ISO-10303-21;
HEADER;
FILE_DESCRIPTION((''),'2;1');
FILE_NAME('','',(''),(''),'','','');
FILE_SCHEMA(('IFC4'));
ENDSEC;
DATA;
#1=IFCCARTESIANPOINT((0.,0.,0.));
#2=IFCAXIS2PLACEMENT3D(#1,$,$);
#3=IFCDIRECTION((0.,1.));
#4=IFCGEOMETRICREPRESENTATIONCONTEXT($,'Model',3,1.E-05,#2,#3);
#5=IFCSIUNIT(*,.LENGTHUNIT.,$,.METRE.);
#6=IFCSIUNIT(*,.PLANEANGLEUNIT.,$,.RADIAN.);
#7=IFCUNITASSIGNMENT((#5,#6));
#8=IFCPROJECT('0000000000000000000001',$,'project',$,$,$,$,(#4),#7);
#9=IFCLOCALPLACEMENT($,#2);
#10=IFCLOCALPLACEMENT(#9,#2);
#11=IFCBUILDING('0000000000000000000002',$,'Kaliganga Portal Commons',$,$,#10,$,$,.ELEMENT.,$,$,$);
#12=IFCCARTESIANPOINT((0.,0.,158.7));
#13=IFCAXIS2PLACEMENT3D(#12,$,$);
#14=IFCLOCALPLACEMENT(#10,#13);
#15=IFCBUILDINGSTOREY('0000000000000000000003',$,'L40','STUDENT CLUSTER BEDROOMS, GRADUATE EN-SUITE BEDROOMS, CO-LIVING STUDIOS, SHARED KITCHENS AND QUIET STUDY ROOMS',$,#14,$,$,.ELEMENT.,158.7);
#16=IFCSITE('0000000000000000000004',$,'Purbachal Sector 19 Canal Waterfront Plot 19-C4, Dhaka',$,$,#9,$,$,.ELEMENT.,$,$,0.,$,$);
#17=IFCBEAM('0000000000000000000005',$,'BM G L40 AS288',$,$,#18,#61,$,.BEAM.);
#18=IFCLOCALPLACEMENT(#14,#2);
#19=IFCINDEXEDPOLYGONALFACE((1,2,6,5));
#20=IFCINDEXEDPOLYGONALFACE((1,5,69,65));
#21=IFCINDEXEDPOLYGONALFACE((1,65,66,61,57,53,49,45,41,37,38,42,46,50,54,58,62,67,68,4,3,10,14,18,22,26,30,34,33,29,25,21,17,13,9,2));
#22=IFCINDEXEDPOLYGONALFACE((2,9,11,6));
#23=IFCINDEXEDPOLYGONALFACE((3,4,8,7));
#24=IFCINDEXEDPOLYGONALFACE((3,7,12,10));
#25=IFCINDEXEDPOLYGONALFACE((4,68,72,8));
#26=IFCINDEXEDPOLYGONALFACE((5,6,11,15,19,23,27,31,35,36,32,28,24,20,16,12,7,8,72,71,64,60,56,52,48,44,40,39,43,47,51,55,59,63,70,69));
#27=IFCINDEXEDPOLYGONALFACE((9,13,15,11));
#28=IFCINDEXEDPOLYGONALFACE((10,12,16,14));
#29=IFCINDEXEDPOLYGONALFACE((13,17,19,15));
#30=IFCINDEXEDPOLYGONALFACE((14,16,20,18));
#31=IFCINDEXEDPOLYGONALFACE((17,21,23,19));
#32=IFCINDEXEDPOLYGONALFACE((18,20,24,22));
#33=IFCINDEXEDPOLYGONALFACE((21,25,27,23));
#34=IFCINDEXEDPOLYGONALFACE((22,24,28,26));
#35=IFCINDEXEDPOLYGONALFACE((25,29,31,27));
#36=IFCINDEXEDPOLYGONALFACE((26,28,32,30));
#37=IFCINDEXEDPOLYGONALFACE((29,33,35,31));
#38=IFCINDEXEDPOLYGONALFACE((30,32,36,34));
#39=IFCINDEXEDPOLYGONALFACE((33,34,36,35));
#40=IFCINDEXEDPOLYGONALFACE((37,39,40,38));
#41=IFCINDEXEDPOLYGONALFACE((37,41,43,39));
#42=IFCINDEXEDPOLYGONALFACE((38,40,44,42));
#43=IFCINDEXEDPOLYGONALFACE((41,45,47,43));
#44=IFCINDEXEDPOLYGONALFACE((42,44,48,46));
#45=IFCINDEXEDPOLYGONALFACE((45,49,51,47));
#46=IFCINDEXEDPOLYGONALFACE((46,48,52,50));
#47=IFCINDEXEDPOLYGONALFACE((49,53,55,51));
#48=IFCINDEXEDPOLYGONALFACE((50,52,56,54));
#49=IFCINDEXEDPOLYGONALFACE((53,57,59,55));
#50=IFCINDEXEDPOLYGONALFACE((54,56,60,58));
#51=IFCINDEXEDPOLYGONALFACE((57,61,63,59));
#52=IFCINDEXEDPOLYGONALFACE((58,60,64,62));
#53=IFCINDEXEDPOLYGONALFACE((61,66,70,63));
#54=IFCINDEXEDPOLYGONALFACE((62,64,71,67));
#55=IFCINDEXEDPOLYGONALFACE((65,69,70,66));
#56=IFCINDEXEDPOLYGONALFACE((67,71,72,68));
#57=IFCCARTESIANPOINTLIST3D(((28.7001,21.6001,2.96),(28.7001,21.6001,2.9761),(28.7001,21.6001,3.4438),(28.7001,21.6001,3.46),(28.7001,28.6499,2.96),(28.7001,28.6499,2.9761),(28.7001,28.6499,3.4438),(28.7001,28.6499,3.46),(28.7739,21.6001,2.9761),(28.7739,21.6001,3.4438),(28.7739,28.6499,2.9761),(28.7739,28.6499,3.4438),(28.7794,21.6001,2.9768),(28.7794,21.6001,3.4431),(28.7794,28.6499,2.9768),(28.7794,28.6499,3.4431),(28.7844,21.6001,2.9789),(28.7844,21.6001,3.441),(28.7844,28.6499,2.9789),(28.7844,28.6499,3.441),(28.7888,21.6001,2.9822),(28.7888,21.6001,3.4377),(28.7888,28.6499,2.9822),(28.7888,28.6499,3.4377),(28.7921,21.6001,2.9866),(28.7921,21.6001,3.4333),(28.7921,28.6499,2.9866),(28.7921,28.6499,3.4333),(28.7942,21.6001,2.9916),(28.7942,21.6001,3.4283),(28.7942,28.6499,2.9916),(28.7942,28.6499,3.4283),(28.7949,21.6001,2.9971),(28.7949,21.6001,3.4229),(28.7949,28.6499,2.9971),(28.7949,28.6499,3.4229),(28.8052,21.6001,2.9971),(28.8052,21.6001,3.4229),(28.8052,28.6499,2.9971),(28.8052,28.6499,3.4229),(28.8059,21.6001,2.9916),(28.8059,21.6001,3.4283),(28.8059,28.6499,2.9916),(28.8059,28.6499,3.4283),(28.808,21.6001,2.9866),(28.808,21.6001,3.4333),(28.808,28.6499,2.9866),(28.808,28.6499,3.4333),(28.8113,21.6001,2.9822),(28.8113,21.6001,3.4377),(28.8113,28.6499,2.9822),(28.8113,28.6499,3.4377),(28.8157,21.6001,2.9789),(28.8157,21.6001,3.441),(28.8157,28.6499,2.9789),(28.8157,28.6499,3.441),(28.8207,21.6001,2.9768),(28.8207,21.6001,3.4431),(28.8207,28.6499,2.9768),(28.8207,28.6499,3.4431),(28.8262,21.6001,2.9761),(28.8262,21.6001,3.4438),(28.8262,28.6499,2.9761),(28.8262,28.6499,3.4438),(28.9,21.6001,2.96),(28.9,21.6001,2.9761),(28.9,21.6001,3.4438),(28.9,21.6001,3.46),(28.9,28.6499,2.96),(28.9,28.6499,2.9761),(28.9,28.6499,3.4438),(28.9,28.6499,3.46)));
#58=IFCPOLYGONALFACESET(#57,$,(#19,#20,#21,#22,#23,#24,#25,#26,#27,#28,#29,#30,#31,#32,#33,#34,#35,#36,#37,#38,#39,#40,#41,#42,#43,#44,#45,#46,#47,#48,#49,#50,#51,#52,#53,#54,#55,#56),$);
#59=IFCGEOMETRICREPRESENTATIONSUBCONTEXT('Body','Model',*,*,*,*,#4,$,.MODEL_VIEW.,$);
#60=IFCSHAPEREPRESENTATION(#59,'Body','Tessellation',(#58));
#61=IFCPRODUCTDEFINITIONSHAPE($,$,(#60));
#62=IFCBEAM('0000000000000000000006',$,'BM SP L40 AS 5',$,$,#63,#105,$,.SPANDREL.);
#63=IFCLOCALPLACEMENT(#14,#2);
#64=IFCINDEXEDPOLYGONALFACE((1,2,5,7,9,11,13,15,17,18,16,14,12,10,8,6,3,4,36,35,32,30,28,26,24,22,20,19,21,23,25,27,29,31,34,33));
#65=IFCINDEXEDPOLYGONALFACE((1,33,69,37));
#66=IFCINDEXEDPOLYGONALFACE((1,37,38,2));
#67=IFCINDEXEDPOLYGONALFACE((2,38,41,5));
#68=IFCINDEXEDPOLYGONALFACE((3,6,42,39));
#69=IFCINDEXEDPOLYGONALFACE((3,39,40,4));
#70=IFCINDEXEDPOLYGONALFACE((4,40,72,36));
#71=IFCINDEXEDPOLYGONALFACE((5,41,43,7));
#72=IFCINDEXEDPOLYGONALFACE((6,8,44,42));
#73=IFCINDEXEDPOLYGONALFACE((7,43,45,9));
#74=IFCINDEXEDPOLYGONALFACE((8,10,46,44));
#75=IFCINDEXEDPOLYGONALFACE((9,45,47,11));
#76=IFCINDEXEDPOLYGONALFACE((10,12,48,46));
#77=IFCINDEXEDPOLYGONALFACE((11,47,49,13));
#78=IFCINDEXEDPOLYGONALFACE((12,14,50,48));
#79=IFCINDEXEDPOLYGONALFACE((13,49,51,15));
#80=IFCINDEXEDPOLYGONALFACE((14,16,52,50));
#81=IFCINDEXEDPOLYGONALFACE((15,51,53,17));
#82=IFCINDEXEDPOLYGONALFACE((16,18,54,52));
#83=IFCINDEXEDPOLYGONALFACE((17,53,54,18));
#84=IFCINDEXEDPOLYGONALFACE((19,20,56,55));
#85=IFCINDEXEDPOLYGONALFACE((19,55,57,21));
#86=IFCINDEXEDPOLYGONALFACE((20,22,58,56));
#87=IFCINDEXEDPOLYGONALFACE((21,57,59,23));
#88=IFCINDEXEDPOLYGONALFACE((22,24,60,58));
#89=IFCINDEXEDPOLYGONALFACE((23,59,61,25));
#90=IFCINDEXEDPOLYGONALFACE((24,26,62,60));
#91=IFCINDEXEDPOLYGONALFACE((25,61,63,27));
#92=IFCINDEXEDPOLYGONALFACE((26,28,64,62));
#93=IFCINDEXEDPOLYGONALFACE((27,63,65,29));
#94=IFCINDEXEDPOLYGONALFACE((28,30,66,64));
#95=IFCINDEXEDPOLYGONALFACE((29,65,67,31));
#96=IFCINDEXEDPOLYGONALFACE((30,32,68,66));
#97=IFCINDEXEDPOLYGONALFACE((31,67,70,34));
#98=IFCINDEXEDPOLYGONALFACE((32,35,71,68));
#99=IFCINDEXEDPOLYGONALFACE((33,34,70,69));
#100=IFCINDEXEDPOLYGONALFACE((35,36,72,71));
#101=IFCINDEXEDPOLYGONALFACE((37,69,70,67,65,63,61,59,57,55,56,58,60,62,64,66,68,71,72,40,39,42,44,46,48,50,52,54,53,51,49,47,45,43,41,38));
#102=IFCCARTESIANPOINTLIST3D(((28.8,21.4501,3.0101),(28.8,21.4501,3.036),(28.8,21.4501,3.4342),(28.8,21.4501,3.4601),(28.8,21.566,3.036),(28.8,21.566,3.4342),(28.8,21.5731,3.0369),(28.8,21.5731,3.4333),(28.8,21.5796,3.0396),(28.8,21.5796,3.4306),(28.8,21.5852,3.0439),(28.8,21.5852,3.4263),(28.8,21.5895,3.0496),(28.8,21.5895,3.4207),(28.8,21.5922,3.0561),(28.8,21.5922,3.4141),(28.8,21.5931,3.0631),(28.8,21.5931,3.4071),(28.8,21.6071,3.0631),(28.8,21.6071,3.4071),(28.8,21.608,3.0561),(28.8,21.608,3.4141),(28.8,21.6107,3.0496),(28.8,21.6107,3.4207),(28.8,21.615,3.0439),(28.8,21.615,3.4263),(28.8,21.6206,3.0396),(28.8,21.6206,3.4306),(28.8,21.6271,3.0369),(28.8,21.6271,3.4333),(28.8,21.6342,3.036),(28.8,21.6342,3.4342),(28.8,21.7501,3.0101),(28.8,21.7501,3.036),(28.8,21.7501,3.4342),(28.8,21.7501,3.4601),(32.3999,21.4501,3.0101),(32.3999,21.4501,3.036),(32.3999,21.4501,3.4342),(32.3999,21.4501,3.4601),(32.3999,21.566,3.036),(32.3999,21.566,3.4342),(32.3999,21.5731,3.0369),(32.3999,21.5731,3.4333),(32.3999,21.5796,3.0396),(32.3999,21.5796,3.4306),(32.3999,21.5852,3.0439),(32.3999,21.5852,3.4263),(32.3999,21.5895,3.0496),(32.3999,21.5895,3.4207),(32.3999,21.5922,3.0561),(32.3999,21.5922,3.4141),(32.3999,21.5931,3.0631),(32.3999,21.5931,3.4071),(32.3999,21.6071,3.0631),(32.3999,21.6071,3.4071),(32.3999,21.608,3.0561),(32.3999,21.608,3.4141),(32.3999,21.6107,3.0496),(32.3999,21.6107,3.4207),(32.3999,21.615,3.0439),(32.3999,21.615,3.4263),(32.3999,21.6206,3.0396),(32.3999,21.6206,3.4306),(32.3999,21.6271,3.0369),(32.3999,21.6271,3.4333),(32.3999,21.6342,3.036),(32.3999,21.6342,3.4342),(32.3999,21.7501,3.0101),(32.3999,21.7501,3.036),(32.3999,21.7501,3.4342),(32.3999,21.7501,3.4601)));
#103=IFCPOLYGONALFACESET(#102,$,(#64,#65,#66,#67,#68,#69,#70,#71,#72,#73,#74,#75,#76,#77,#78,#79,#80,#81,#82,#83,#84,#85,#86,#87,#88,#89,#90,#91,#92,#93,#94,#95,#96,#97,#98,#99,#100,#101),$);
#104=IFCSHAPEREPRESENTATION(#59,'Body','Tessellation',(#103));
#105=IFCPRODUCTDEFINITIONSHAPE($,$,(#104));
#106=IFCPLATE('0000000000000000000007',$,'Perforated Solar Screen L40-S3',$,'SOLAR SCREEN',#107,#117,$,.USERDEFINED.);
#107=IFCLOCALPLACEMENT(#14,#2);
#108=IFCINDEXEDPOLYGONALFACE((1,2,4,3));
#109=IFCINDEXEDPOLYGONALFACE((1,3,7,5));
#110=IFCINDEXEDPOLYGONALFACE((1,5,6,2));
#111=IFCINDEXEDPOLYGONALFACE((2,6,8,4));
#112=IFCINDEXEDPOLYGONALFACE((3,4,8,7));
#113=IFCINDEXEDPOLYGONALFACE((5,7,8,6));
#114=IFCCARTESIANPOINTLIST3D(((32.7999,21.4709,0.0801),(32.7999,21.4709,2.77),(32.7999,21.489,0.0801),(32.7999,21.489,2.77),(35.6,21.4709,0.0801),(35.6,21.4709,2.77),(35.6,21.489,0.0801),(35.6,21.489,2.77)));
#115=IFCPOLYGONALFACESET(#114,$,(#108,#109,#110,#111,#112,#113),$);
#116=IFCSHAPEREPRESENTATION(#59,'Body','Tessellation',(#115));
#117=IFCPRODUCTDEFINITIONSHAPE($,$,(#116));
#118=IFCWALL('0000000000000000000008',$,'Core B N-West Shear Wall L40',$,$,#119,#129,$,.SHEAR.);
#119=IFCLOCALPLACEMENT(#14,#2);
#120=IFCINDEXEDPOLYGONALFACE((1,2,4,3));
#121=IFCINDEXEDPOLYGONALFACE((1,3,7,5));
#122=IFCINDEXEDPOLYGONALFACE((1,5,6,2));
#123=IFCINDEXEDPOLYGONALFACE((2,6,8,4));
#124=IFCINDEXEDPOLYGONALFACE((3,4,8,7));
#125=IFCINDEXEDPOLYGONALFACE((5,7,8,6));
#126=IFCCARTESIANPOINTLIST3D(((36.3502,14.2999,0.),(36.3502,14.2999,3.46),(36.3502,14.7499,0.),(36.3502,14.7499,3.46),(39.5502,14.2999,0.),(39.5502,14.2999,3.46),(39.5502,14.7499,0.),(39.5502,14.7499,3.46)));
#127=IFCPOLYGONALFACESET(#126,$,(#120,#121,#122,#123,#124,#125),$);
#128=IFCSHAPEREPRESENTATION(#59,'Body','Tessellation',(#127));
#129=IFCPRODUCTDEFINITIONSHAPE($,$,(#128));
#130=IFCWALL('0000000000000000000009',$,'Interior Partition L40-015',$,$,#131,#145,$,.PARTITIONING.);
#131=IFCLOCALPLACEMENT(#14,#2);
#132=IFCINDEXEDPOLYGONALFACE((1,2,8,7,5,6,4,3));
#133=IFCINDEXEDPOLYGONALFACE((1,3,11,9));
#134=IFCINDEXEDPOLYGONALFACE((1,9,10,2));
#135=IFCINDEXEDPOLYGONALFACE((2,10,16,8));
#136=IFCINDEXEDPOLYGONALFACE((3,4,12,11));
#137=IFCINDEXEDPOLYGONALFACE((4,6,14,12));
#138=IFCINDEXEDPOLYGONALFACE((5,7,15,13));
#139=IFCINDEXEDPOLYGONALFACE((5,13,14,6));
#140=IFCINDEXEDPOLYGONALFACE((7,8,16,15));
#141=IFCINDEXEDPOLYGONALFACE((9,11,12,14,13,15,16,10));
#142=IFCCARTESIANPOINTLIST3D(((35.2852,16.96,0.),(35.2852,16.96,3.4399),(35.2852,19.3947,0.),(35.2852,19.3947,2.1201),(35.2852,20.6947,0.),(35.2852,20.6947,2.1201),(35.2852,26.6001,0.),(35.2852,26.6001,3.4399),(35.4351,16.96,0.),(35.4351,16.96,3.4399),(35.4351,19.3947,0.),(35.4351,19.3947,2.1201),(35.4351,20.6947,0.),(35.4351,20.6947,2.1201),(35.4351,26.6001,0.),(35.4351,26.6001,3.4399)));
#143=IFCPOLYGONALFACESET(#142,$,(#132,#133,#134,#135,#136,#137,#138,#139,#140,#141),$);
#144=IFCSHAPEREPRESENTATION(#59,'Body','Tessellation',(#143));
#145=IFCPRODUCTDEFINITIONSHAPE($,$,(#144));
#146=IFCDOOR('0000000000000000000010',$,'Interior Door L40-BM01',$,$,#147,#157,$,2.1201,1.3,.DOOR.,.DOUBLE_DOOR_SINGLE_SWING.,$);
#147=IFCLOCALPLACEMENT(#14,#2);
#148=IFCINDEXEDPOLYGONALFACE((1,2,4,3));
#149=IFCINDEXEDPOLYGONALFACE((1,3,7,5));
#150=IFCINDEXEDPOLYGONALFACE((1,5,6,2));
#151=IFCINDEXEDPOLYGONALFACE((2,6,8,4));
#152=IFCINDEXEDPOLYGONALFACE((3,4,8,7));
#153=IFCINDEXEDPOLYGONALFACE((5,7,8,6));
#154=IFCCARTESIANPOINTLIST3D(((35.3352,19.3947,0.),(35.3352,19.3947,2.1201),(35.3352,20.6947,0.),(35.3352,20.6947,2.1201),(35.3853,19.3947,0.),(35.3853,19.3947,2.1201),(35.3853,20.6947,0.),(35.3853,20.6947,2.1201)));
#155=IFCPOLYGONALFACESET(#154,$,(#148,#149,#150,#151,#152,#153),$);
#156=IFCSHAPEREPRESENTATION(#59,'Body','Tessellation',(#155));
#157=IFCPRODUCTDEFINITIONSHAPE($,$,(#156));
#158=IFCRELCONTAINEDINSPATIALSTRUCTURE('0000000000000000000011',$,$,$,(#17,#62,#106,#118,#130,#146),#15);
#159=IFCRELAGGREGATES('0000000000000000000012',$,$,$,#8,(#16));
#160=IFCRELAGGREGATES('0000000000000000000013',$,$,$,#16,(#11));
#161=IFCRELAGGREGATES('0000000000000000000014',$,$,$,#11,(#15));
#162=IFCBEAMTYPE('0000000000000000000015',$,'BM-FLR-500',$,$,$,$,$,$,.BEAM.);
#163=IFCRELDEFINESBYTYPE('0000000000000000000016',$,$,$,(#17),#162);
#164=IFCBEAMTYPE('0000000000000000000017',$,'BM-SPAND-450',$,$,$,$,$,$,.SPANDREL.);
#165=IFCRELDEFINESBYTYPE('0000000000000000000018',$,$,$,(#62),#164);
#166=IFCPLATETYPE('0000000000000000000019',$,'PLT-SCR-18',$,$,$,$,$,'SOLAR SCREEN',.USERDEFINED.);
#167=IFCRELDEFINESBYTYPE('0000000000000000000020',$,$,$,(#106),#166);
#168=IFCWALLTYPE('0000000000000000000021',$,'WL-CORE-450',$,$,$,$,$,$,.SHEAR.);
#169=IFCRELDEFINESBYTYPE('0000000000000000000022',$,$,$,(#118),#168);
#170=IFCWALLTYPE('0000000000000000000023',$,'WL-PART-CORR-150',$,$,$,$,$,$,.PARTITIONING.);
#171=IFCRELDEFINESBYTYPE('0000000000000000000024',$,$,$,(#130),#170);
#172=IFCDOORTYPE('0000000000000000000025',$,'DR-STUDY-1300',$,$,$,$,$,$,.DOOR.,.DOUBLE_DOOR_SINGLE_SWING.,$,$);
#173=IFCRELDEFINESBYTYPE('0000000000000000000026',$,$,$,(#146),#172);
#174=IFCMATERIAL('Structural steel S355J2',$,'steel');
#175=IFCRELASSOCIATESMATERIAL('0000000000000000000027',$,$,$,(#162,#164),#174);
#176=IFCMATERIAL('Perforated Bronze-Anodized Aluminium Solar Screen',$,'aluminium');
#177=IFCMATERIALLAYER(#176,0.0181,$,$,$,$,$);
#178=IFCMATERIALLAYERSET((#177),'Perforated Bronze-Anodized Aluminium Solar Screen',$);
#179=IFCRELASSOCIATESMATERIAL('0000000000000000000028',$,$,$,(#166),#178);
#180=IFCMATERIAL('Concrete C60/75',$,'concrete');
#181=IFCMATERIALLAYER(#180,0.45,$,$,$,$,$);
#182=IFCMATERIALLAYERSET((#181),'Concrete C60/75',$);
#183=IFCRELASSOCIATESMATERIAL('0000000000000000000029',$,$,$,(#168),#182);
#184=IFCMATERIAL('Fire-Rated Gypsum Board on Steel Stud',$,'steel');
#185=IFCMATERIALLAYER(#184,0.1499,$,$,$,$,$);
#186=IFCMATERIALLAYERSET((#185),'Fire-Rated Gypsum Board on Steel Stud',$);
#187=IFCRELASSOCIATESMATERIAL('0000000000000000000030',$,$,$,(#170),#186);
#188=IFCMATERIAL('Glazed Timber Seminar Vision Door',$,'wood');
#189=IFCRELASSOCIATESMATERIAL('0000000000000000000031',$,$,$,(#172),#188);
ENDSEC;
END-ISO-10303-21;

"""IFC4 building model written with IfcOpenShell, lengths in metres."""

from ifc_helpers import new_model, si_unit, direction, frame, frame_2d, origin, origin_2d, place, context, subcontext, project, spatial, rectangle, i_section, extrude, source, transform, mapped, material, layer, layer_set, material_profile, profile_set, type_object, element, fill, save


model = new_model("IFC4")

# Units and contexts
model_context = context("Model", 3, precision=1e-05, world=origin(), true_north=direction((0.0, 1.0)))
body_context = subcontext(model_context, "Body", "Model", "MODEL_VIEW")
ifc_project = project(units=[si_unit("LENGTHUNIT", "METRE"), si_unit("PLANEANGLEUNIT", "RADIAN")], contexts=[model_context])

# Site, building, storey
site_placement = place(None, origin())
site = spatial("IfcSite", under=ifc_project, at=site_placement, Name="Purbachal Sector 19 Canal Waterfront Plot 19-C4, Dhaka", CompositionType="ELEMENT", RefElevation=0.0)
building_placement = place(site_placement, origin())
building = spatial("IfcBuilding", under=site, at=building_placement, Name="Kaliganga Portal Commons", CompositionType="ELEMENT")
storey_placement = place(building_placement, frame((0.0, 0.0, 158.7)))
storey = spatial("IfcBuildingStorey", under=building, at=storey_placement, Name="L40", Description="STUDENT CLUSTER BEDROOMS, GRADUATE EN-SUITE BEDROOMS, CO-LIVING STUDIOS, SHARED KITCHENS AND QUIET STUDY ROOMS", CompositionType="ELEMENT", Elevation=158.7)

# Shared definitions
ifc_material_1 = material(Name="Concrete C60/75", Category="concrete")

# Beams
ifc_material_2 = material(Name="Structural steel S355J2", Category="steel")
ifc_material_profile_1 = material_profile(ifc_material_2, i_section(OverallWidth=0.2, OverallDepth=0.5, WebThickness=0.0103, FlangeThickness=0.0161, FilletRadius=0.021, at=origin_2d()), Name="IPE 500")
ifc_profile_set_1 = profile_set([ifc_material_profile_1], Name="Structural steel S355J2 wide-flange")
beam_type_1 = type_object("IfcBeamType", Name="BM-FLR-500", PredefinedType="BEAM", material=ifc_profile_set_1)
shared_shape_1 = source(origin(), body_context, "Body", "SweptSolid", [
    extrude(i_section(OverallWidth=0.2, OverallDepth=0.5, WebThickness=0.0103, FlangeThickness=0.0161, FilletRadius=0.021, at=origin_2d()), origin(), (0.0, 0.0, 1.0), 7.0498),
])
beam_1_placement = place(storey_placement, frame((28.8, 21.6001, 3.21), z_axis=(0.0, 1.0, 0.0), x_axis=(-1.0, 0.0, 0.0)))
element("IfcBeam", 1, at=beam_1_placement, inside=storey, type_object=beam_type_1, Name="BM G L40 AS288", PredefinedType="BEAM", context=body_context, shape_type="MappedRepresentation", body=[
    mapped(shared_shape_1, transform((0.0, 0.0, 0.0), x_axis=(1.0, 0.0, 0.0), y_axis=(0.0, 1.0, 0.0), z_axis=(0.0, 0.0, 1.0), scale=1.0)),
])
ifc_material_profile_2 = material_profile(ifc_material_2, i_section(OverallWidth=0.3, OverallDepth=0.45, WebThickness=0.0139, FlangeThickness=0.0259, FilletRadius=0.0271, at=origin_2d()), Name="HE 450 B")
ifc_profile_set_2 = profile_set([ifc_material_profile_2], Name="Structural steel S355J2 wide-flange")
beam_type_2 = type_object("IfcBeamType", Name="BM-SPAND-450", PredefinedType="SPANDREL", material=ifc_profile_set_2)
shared_shape_2 = source(origin(), body_context, "Body", "SweptSolid", [
    extrude(i_section(OverallWidth=0.3, OverallDepth=0.45, WebThickness=0.0139, FlangeThickness=0.0259, FilletRadius=0.0271, at=origin_2d()), origin(), (0.0, 0.0, 1.0), 3.5999),
])
beam_2_placement = place(storey_placement, frame((28.8, 21.6001, 3.2351), z_axis=(1.0, 0.0, 0.0), x_axis=(0.0, 1.0, 0.0)))
element("IfcBeam", 2, at=beam_2_placement, inside=storey, type_object=beam_type_2, Name="BM SP L40 AS 5", PredefinedType="SPANDREL", context=body_context, shape_type="MappedRepresentation", body=[
    mapped(shared_shape_2, transform((0.0, 0.0, 0.0), x_axis=(1.0, 0.0, 0.0), y_axis=(0.0, 1.0, 0.0), z_axis=(0.0, 0.0, 1.0), scale=1.0)),
])

# Plate
ifc_material_3 = material(Name="Perforated Bronze-Anodized Aluminium Solar Screen", Category="aluminium")
ifc_layer_1 = layer(ifc_material_3, 0.0181)
ifc_layer_set_1 = layer_set([ifc_layer_1], Name="Perforated Bronze-Anodized Aluminium Solar Screen")
plate_type = type_object("IfcPlateType", Name="PLT-SCR-18", ElementType="SOLAR SCREEN", PredefinedType="USERDEFINED", material=ifc_layer_set_1)
shared_shape_3 = source(origin(), body_context, "Body", "SweptSolid", [
    extrude(rectangle(XDim=2.8, YDim=0.0181, at=origin_2d()), origin(), (0.0, 0.0, 1.0), 2.6899),
])
plate_placement = place(storey_placement, frame((34.2, 21.48, 0.0801), z_axis=(0.0, 0.0, 1.0), x_axis=(1.0, 0.0, 0.0)))
element("IfcPlate", 3, at=plate_placement, inside=storey, type_object=plate_type, Name="Perforated Solar Screen L40-S3", ObjectType="SOLAR SCREEN", PredefinedType="USERDEFINED", context=body_context, shape_type="MappedRepresentation", body=[
    mapped(shared_shape_3, transform((0.0, 0.0, 0.0), x_axis=(1.0, 0.0, 0.0), y_axis=(0.0, 1.0, 0.0), z_axis=(0.0, 0.0, 1.0), scale=1.0)),
])

# Wall
ifc_layer_2 = layer(ifc_material_1, 0.45)
ifc_layer_set_2 = layer_set([ifc_layer_2], Name="Concrete C60/75")
wall_type_1 = type_object("IfcWallType", Name="WL-CORE-450", PredefinedType="SHEAR", material=ifc_layer_set_2)
wall_1_placement = place(storey_placement, frame((36.3501, 14.5249, 0.0), z_axis=(0.0, 0.0, 1.0), x_axis=(1.0, 0.0, 0.0)))
element("IfcWall", 4, at=wall_1_placement, inside=storey, type_object=wall_type_1, Name="Core B N-West Shear Wall L40", PredefinedType="SHEAR", context=body_context, shape_type="SweptSolid", body=[
    extrude(rectangle(XDim=3.2, YDim=0.45, at=frame_2d((1.6001, 0.0))), origin(), (0.0, 0.0, 1.0), 3.46),
])

# Wall, opening, door
ifc_material_4 = material(Name="Fire-Rated Gypsum Board on Steel Stud", Category="steel")
ifc_layer_3 = layer(ifc_material_4, 0.1499)
ifc_layer_set_3 = layer_set([ifc_layer_3], Name="Fire-Rated Gypsum Board on Steel Stud")
wall_type_2 = type_object("IfcWallType", Name="WL-PART-CORR-150", PredefinedType="PARTITIONING", material=ifc_layer_set_3)
wall_2_placement = place(storey_placement, frame((35.3601, 16.96, 0.0), z_axis=(0.0, 0.0, 1.0), x_axis=(0.0, 1.0, 0.0)))
wall_2 = element("IfcWall", 5, at=wall_2_placement, inside=storey, type_object=wall_type_2, Name="Interior Partition L40-015", PredefinedType="PARTITIONING", context=body_context, shape_type="SweptSolid", body=[
    extrude(rectangle(XDim=9.6401, YDim=0.1499, at=frame_2d((4.8201, 0.0))), origin(), (0.0, 0.0, 1.0), 3.4399),
])
opening_1_placement = place(wall_2_placement, frame((2.4348, 0.0, 0.0)))
opening_1 = element("IfcOpeningElement", 6, at=opening_1_placement, cuts=wall_2, PredefinedType="OPENING", context=body_context, shape_type="SweptSolid", body=[
    extrude(rectangle(XDim=1.3, YDim=2.1201, at=frame_2d((0.6499, 1.0601))), frame((0.0, 0.085, 0.0), z_axis=(0.0, -1.0, 0.0), x_axis=(1.0, 0.0, 0.0)), (0.0, 0.0, 1.0), 0.1699),
])
ifc_material_5 = material(Name="Glazed Timber Seminar Vision Door", Category="wood")
door_type_1 = type_object("IfcDoorType", Name="DR-STUDY-1300", OperationType="DOUBLE_DOOR_SINGLE_SWING", PredefinedType="DOOR", material=ifc_material_5)
door_1_placement = place(opening_1_placement, origin())
door_1 = element("IfcDoor", 7, at=door_1_placement, inside=storey, type_object=door_type_1, Name="Interior Door L40-BM01", OperationType="DOUBLE_DOOR_SINGLE_SWING", OverallHeight=2.1201, OverallWidth=1.3, PredefinedType="DOOR", context=body_context, shape_type="SweptSolid", body=[
    extrude(rectangle(XDim=1.3, YDim=2.1201, at=frame_2d((0.6499, 1.0601))), frame((0.0, 0.0249, 0.0), z_axis=(0.0, -1.0, 0.0), x_axis=(1.0, 0.0, 0.0)), (0.0, 0.0, 1.0), 0.05),
])
fill(opening_1, door_1)

save(model, "model.ifc")
